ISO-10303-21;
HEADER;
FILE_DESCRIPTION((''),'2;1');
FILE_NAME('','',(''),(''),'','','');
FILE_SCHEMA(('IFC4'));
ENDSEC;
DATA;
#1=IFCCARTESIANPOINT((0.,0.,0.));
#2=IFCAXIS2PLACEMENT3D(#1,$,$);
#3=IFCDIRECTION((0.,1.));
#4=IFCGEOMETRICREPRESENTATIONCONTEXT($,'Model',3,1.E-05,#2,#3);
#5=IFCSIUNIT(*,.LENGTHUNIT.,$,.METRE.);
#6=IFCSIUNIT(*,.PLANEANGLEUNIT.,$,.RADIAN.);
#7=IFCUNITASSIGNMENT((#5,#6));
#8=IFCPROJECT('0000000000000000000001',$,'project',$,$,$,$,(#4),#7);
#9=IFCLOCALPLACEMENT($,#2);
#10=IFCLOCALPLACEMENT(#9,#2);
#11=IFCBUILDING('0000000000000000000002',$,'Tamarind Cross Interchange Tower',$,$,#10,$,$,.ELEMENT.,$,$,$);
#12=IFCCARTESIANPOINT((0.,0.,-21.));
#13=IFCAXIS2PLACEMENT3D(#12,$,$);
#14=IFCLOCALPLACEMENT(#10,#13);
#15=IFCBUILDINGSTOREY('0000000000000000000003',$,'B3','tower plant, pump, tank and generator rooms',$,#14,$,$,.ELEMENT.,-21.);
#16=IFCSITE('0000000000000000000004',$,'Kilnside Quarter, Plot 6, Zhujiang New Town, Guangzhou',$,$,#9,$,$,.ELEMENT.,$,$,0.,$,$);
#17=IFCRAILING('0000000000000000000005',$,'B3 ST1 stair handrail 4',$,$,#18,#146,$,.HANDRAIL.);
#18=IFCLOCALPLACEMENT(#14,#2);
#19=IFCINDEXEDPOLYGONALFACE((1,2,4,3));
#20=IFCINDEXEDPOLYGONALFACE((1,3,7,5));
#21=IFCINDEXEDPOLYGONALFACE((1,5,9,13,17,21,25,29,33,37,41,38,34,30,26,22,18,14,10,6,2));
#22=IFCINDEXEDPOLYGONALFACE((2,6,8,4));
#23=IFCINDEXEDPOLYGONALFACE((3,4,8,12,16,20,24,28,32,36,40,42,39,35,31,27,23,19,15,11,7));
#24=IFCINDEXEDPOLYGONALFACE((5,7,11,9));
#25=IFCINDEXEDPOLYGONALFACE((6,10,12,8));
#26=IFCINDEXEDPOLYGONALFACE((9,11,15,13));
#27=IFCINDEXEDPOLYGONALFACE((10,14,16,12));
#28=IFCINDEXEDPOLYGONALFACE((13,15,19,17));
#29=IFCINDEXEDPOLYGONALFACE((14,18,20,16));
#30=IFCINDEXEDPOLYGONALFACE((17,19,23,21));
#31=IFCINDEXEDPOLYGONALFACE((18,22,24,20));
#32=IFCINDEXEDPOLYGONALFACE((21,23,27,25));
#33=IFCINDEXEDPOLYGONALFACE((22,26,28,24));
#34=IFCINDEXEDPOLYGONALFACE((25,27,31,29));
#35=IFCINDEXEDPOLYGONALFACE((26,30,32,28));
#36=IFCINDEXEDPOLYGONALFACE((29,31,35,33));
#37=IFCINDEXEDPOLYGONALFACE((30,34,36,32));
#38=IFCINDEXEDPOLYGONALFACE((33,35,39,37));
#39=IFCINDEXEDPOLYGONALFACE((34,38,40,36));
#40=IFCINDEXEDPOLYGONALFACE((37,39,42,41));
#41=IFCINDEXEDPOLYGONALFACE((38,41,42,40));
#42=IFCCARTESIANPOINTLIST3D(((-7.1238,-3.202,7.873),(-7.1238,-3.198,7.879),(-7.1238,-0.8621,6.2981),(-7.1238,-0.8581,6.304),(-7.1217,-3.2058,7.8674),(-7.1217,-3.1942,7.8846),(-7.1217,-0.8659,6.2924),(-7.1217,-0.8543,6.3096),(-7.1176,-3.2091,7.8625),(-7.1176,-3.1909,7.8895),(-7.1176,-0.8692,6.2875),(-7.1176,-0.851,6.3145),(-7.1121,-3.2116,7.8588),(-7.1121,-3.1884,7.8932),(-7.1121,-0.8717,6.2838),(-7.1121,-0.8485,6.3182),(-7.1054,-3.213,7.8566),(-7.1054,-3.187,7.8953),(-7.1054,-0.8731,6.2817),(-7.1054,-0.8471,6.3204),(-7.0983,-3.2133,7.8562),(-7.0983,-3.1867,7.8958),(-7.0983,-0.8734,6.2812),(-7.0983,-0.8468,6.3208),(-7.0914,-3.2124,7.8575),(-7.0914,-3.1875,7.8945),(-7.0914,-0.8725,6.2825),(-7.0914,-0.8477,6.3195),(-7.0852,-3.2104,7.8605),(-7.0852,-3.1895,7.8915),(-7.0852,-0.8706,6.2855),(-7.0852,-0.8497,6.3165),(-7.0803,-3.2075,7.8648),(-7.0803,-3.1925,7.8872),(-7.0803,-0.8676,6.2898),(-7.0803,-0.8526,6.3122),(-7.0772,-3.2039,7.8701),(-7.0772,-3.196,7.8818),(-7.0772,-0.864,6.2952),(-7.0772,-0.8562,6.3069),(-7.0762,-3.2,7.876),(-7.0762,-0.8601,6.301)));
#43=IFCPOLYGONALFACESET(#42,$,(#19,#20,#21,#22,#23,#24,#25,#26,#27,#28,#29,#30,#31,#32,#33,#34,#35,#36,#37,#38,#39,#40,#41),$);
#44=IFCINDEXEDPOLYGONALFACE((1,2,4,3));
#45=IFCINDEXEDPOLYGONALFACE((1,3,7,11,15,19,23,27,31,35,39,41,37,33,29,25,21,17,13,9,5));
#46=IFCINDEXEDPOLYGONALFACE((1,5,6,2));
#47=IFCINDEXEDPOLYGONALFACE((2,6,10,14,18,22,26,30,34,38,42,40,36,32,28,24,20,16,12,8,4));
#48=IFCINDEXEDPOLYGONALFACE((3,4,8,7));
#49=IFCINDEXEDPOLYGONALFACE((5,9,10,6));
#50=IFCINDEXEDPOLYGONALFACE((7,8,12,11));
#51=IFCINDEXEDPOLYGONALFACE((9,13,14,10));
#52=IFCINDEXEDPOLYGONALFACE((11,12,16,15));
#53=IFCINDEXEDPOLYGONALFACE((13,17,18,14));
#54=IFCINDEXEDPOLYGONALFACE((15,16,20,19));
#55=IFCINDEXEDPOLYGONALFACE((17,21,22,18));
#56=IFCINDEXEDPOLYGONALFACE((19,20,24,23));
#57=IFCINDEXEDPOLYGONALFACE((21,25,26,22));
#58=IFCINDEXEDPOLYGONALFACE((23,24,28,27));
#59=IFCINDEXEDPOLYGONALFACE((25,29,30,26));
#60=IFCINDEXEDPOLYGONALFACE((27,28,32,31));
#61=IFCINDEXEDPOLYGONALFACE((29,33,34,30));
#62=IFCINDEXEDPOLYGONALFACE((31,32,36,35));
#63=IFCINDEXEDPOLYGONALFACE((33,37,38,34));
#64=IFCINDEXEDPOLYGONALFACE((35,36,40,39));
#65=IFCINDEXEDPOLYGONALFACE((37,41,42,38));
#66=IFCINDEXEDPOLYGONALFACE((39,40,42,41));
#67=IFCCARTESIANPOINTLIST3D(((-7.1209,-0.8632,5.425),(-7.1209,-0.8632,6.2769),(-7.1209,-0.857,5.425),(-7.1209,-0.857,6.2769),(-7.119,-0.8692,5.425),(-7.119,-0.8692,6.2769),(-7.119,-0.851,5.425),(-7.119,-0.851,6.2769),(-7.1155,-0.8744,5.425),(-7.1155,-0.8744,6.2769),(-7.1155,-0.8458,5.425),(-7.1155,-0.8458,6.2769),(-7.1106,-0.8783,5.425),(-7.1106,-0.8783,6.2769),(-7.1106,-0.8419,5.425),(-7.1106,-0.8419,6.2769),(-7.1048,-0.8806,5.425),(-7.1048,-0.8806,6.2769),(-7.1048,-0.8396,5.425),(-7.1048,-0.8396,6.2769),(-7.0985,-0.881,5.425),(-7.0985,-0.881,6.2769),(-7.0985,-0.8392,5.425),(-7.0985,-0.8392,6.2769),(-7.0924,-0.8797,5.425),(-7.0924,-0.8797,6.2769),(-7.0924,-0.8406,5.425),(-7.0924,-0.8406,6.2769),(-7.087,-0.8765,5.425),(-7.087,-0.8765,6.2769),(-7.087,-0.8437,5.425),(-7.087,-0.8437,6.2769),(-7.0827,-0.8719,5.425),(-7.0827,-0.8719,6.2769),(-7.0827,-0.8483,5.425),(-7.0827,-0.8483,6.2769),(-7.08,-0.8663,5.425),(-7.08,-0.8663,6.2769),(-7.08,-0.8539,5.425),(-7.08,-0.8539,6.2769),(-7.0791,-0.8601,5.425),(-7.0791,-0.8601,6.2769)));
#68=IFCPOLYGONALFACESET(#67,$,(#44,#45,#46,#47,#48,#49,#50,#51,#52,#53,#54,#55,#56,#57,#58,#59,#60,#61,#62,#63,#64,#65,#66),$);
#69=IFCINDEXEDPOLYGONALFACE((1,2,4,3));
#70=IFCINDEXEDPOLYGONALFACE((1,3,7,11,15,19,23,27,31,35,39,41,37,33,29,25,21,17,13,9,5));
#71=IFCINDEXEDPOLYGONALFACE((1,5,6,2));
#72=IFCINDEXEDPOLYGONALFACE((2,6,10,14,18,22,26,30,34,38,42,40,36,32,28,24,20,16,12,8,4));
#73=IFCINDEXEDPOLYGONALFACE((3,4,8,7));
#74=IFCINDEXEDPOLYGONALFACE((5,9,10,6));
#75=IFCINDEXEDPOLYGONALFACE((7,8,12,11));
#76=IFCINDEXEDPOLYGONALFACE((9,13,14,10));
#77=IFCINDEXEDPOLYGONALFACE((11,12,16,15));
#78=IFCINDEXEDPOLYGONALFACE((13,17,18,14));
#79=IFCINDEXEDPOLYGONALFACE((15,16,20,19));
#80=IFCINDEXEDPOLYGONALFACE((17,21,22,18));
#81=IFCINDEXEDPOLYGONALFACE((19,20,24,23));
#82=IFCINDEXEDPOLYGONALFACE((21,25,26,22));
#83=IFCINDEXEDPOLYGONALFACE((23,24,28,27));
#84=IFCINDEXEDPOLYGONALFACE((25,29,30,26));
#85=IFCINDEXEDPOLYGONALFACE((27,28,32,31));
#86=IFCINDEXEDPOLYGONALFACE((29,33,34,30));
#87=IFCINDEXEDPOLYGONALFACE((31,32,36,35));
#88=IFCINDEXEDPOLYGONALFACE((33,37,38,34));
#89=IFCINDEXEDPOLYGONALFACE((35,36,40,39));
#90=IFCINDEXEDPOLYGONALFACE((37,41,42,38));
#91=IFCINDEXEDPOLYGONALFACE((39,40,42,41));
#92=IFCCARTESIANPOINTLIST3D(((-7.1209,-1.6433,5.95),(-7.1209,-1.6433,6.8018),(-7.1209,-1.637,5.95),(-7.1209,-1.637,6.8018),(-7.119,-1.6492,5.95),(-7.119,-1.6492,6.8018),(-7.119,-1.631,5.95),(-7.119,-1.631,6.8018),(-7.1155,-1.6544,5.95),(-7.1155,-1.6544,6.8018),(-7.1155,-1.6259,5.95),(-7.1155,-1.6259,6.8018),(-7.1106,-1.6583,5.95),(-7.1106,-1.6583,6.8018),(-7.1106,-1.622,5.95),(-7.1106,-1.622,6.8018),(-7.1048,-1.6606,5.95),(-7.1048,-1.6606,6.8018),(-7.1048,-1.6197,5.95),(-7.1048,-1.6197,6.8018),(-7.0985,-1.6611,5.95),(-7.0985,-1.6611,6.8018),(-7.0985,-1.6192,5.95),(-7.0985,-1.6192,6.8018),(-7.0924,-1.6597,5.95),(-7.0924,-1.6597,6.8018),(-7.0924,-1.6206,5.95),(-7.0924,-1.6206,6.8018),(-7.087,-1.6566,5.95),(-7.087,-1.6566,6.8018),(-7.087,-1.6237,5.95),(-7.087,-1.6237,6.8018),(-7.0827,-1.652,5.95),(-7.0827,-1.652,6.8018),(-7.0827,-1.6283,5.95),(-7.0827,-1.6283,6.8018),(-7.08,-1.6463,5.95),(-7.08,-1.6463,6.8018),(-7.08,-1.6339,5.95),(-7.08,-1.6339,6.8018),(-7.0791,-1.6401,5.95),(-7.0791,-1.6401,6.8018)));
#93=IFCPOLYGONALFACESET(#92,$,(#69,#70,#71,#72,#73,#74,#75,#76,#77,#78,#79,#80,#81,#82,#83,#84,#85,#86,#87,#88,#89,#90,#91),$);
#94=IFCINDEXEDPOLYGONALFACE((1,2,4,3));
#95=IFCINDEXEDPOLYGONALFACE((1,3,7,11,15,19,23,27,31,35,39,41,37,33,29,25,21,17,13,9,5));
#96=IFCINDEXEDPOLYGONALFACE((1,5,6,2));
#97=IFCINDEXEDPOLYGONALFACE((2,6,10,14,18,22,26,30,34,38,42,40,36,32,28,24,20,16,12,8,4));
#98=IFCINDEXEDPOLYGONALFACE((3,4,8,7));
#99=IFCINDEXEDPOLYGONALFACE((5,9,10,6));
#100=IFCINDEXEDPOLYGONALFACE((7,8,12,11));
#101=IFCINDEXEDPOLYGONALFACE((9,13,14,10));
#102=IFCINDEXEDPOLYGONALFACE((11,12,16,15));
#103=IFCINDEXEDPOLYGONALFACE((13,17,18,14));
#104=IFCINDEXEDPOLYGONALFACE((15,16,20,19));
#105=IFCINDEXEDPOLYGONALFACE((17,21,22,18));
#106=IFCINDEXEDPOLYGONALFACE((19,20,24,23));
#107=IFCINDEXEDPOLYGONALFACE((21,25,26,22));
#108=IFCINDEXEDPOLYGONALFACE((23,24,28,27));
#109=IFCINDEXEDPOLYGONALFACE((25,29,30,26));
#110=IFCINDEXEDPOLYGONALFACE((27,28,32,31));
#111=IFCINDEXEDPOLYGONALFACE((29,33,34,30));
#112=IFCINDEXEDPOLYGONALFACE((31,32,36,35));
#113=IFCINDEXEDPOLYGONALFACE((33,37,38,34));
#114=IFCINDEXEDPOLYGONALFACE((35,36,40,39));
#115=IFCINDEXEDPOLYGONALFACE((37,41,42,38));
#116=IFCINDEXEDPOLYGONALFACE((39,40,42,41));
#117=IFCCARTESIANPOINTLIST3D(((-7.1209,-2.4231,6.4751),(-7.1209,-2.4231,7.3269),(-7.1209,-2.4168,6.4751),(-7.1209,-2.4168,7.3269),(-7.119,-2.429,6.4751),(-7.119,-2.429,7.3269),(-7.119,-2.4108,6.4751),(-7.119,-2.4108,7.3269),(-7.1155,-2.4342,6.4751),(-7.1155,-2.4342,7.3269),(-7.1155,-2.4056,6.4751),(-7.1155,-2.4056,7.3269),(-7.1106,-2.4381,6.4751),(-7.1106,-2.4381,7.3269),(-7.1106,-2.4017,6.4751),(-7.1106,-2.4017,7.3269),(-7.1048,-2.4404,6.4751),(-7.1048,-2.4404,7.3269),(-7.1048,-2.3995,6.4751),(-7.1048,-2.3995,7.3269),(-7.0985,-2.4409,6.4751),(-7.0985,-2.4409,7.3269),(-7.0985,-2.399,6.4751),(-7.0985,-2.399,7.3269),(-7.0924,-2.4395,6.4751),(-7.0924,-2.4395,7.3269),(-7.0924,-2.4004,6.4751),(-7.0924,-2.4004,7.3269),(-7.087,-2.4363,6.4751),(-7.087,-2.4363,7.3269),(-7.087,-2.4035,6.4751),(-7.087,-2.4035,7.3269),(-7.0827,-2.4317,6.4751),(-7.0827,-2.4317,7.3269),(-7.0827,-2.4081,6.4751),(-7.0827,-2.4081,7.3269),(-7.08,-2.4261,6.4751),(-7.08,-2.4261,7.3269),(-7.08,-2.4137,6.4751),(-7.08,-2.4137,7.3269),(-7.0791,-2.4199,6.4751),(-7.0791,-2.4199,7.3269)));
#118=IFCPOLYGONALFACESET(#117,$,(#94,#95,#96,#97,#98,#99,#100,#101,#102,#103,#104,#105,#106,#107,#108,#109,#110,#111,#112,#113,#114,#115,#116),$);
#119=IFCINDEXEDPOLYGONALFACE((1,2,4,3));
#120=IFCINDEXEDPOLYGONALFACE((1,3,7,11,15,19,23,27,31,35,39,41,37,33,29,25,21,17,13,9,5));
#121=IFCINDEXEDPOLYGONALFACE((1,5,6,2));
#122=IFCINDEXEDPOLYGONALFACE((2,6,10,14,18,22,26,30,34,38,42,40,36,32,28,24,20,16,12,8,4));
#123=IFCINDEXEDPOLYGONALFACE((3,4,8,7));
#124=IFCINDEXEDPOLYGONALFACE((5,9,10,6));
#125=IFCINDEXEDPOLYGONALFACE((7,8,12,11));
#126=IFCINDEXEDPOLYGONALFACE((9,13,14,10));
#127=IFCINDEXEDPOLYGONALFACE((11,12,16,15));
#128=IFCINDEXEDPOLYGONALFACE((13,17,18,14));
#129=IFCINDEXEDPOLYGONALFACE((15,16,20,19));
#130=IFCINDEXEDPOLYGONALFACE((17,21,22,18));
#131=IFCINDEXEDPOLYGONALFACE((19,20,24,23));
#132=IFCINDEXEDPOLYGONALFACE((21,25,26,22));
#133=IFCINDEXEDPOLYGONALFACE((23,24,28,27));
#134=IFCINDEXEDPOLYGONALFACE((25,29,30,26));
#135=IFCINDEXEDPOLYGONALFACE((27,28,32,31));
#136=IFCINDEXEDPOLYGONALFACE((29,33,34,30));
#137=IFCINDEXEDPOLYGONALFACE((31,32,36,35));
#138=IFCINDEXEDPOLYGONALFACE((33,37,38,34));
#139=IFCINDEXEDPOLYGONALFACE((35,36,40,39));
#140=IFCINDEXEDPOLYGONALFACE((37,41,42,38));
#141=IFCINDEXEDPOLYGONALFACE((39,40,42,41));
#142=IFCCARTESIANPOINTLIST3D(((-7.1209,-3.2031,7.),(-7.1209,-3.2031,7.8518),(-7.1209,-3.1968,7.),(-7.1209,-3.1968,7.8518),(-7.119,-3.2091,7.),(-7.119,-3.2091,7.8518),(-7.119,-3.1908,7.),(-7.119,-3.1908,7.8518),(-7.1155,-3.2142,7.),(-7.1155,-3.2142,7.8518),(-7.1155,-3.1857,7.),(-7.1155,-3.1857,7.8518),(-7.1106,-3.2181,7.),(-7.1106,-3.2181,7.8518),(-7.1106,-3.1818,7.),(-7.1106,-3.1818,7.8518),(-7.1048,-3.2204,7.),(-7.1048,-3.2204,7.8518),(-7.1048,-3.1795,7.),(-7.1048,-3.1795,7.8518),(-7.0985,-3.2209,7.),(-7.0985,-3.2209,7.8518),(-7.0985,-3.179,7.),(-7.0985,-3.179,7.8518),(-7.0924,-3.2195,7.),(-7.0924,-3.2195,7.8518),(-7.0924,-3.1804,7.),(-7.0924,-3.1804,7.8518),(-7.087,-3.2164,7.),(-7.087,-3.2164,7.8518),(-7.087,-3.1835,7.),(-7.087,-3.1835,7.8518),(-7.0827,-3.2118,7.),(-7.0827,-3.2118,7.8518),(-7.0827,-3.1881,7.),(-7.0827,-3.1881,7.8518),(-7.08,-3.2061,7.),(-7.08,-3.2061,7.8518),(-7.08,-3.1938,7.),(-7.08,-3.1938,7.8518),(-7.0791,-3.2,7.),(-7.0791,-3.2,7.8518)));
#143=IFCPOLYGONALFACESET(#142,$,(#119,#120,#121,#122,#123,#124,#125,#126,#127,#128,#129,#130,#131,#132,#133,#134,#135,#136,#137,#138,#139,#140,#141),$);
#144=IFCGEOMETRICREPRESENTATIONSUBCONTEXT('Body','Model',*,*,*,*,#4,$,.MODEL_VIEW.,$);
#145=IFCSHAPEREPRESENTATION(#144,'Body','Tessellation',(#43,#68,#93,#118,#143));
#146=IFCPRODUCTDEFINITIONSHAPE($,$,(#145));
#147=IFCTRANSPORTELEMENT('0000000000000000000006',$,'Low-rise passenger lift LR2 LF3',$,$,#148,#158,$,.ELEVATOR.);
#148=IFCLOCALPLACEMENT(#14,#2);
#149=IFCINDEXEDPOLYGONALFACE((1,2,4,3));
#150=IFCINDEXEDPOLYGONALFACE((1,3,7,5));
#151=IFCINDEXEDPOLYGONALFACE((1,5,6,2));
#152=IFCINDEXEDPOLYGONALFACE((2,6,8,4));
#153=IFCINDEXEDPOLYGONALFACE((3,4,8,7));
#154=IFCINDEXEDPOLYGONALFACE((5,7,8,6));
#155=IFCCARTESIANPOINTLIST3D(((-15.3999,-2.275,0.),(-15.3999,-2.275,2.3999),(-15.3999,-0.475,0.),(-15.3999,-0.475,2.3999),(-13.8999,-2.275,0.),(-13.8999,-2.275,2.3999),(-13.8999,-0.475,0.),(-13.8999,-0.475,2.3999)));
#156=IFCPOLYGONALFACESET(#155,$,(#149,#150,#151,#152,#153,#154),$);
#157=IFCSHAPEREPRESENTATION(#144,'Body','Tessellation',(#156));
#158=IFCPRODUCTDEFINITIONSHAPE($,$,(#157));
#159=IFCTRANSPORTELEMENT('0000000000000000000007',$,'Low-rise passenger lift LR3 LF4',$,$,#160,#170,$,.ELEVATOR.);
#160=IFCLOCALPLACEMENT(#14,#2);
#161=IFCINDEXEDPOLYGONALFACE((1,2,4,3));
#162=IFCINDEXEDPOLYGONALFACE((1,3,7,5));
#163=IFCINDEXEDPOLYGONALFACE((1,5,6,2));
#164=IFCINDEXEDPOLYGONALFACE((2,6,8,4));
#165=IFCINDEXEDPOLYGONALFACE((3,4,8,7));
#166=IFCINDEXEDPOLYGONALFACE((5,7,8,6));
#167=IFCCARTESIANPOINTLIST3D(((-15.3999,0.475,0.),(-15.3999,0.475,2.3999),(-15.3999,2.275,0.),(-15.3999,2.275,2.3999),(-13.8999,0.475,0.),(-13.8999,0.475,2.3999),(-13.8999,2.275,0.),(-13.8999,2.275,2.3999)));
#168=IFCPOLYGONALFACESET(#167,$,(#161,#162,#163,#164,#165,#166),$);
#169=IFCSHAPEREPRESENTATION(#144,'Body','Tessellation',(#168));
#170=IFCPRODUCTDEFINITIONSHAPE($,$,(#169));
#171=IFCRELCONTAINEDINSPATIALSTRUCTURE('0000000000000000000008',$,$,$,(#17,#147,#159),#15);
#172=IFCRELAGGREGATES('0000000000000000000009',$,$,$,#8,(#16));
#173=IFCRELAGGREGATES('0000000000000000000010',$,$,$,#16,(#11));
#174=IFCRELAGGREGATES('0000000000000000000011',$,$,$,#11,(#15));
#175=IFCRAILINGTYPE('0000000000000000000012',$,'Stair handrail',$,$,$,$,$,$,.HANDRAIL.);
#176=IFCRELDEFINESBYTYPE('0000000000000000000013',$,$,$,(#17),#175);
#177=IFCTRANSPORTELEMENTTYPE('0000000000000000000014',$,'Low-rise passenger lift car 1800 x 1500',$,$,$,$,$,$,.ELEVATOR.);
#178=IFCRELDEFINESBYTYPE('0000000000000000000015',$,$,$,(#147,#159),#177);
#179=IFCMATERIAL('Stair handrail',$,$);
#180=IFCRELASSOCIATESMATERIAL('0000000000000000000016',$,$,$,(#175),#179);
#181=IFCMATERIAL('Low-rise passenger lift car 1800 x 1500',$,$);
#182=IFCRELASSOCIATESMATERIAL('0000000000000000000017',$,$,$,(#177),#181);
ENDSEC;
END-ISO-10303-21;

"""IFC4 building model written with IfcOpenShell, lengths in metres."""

from ifc_helpers import new_model, si_unit, direction, frame, origin, origin_2d, place, context, subcontext, project, spatial, rectangle, circle, extrude, material, type_object, element, save


model = new_model("IFC4")

# Units and contexts
model_context = context("Model", 3, precision=1e-05, world=origin(), true_north=direction((0.0, 1.0)))
body_context = subcontext(model_context, "Body", "Model", "MODEL_VIEW")
ifc_project = project(units=[si_unit("LENGTHUNIT", "METRE"), si_unit("PLANEANGLEUNIT", "RADIAN")], contexts=[model_context])

# Site, building, storey
site_placement = place(None, origin())
site = spatial("IfcSite", under=ifc_project, at=site_placement, Name="Kilnside Quarter, Plot 6, Zhujiang New Town, Guangzhou", CompositionType="ELEMENT", RefElevation=0.0)
building_placement = place(site_placement, origin())
building = spatial("IfcBuilding", under=site, at=building_placement, Name="Tamarind Cross Interchange Tower", CompositionType="ELEMENT")
storey_placement = place(building_placement, frame((0.0, 0.0, -21.0)))
storey = spatial("IfcBuildingStorey", under=building, at=storey_placement, Name="B3", Description="tower plant, pump, tank and generator rooms", CompositionType="ELEMENT", Elevation=-21.0)

# Railing
ifc_material_1 = material(Name="Stair handrail")
railing_type_1 = type_object("IfcRailingType", Name="Stair handrail", PredefinedType="HANDRAIL", material=ifc_material_1)
railing_1_placement = place(storey_placement, frame((-7.1001, -0.8601, 5.425)))
element("IfcRailing", 1, at=railing_1_placement, inside=storey, type_object=railing_type_1, Name="B3 ST1 stair handrail 4", PredefinedType="HANDRAIL", context=body_context, shape_type="SweptSolid", body=[
    extrude(circle(Radius=0.0239, at=origin_2d()), frame((0.0, 0.0, 0.876), z_axis=(0.0, -0.829578, 0.55839), x_axis=(1.0, 0.0, 0.0)), (0.0, 0.0, 1.0), 2.8206),
    extrude(circle(Radius=0.021, at=origin_2d()), origin(), (0.0, 0.0, 1.0), 0.8518),
    extrude(circle(Radius=0.021, at=origin_2d()), frame((0.0, -0.78, 0.5249)), (0.0, 0.0, 1.0), 0.8518),
    extrude(circle(Radius=0.021, at=origin_2d()), frame((0.0, -1.5598, 1.05)), (0.0, 0.0, 1.0), 0.8518),
    extrude(circle(Radius=0.021, at=origin_2d()), frame((0.0, -2.3398, 1.575)), (0.0, 0.0, 1.0), 0.8518),
])

# Transport elements
ifc_material_2 = material(Name="Low-rise passenger lift car 1800 x 1500")
transport_element_type = type_object("IfcTransportElementType", Name="Low-rise passenger lift car 1800 x 1500", PredefinedType="ELEVATOR", material=ifc_material_2)
for number, where, z_axis, x_axis, name in (
    (2, (-14.6499, -1.375, 0.0), (0.0, 0.0, 1.0), (1.0, 0.0, 0.0), "Low-rise passenger lift LR2 LF3"),
    (3, (-14.6499, 1.375, 0.0), (0.0, 0.0, 1.0), (1.0, 0.0, 0.0), "Low-rise passenger lift LR3 LF4"),
):
    element("IfcTransportElement", number, at=place(storey_placement, frame(where, z_axis=z_axis, x_axis=x_axis)), inside=storey, type_object=transport_element_type, Name=name, PredefinedType="ELEVATOR", context=body_context, shape_type="SweptSolid", body=[
        extrude(rectangle(XDim=1.5, YDim=1.8, at=origin_2d()), origin(), (0.0, 0.0, 1.0), 2.3999),
    ])

save(model, "model.ifc")
